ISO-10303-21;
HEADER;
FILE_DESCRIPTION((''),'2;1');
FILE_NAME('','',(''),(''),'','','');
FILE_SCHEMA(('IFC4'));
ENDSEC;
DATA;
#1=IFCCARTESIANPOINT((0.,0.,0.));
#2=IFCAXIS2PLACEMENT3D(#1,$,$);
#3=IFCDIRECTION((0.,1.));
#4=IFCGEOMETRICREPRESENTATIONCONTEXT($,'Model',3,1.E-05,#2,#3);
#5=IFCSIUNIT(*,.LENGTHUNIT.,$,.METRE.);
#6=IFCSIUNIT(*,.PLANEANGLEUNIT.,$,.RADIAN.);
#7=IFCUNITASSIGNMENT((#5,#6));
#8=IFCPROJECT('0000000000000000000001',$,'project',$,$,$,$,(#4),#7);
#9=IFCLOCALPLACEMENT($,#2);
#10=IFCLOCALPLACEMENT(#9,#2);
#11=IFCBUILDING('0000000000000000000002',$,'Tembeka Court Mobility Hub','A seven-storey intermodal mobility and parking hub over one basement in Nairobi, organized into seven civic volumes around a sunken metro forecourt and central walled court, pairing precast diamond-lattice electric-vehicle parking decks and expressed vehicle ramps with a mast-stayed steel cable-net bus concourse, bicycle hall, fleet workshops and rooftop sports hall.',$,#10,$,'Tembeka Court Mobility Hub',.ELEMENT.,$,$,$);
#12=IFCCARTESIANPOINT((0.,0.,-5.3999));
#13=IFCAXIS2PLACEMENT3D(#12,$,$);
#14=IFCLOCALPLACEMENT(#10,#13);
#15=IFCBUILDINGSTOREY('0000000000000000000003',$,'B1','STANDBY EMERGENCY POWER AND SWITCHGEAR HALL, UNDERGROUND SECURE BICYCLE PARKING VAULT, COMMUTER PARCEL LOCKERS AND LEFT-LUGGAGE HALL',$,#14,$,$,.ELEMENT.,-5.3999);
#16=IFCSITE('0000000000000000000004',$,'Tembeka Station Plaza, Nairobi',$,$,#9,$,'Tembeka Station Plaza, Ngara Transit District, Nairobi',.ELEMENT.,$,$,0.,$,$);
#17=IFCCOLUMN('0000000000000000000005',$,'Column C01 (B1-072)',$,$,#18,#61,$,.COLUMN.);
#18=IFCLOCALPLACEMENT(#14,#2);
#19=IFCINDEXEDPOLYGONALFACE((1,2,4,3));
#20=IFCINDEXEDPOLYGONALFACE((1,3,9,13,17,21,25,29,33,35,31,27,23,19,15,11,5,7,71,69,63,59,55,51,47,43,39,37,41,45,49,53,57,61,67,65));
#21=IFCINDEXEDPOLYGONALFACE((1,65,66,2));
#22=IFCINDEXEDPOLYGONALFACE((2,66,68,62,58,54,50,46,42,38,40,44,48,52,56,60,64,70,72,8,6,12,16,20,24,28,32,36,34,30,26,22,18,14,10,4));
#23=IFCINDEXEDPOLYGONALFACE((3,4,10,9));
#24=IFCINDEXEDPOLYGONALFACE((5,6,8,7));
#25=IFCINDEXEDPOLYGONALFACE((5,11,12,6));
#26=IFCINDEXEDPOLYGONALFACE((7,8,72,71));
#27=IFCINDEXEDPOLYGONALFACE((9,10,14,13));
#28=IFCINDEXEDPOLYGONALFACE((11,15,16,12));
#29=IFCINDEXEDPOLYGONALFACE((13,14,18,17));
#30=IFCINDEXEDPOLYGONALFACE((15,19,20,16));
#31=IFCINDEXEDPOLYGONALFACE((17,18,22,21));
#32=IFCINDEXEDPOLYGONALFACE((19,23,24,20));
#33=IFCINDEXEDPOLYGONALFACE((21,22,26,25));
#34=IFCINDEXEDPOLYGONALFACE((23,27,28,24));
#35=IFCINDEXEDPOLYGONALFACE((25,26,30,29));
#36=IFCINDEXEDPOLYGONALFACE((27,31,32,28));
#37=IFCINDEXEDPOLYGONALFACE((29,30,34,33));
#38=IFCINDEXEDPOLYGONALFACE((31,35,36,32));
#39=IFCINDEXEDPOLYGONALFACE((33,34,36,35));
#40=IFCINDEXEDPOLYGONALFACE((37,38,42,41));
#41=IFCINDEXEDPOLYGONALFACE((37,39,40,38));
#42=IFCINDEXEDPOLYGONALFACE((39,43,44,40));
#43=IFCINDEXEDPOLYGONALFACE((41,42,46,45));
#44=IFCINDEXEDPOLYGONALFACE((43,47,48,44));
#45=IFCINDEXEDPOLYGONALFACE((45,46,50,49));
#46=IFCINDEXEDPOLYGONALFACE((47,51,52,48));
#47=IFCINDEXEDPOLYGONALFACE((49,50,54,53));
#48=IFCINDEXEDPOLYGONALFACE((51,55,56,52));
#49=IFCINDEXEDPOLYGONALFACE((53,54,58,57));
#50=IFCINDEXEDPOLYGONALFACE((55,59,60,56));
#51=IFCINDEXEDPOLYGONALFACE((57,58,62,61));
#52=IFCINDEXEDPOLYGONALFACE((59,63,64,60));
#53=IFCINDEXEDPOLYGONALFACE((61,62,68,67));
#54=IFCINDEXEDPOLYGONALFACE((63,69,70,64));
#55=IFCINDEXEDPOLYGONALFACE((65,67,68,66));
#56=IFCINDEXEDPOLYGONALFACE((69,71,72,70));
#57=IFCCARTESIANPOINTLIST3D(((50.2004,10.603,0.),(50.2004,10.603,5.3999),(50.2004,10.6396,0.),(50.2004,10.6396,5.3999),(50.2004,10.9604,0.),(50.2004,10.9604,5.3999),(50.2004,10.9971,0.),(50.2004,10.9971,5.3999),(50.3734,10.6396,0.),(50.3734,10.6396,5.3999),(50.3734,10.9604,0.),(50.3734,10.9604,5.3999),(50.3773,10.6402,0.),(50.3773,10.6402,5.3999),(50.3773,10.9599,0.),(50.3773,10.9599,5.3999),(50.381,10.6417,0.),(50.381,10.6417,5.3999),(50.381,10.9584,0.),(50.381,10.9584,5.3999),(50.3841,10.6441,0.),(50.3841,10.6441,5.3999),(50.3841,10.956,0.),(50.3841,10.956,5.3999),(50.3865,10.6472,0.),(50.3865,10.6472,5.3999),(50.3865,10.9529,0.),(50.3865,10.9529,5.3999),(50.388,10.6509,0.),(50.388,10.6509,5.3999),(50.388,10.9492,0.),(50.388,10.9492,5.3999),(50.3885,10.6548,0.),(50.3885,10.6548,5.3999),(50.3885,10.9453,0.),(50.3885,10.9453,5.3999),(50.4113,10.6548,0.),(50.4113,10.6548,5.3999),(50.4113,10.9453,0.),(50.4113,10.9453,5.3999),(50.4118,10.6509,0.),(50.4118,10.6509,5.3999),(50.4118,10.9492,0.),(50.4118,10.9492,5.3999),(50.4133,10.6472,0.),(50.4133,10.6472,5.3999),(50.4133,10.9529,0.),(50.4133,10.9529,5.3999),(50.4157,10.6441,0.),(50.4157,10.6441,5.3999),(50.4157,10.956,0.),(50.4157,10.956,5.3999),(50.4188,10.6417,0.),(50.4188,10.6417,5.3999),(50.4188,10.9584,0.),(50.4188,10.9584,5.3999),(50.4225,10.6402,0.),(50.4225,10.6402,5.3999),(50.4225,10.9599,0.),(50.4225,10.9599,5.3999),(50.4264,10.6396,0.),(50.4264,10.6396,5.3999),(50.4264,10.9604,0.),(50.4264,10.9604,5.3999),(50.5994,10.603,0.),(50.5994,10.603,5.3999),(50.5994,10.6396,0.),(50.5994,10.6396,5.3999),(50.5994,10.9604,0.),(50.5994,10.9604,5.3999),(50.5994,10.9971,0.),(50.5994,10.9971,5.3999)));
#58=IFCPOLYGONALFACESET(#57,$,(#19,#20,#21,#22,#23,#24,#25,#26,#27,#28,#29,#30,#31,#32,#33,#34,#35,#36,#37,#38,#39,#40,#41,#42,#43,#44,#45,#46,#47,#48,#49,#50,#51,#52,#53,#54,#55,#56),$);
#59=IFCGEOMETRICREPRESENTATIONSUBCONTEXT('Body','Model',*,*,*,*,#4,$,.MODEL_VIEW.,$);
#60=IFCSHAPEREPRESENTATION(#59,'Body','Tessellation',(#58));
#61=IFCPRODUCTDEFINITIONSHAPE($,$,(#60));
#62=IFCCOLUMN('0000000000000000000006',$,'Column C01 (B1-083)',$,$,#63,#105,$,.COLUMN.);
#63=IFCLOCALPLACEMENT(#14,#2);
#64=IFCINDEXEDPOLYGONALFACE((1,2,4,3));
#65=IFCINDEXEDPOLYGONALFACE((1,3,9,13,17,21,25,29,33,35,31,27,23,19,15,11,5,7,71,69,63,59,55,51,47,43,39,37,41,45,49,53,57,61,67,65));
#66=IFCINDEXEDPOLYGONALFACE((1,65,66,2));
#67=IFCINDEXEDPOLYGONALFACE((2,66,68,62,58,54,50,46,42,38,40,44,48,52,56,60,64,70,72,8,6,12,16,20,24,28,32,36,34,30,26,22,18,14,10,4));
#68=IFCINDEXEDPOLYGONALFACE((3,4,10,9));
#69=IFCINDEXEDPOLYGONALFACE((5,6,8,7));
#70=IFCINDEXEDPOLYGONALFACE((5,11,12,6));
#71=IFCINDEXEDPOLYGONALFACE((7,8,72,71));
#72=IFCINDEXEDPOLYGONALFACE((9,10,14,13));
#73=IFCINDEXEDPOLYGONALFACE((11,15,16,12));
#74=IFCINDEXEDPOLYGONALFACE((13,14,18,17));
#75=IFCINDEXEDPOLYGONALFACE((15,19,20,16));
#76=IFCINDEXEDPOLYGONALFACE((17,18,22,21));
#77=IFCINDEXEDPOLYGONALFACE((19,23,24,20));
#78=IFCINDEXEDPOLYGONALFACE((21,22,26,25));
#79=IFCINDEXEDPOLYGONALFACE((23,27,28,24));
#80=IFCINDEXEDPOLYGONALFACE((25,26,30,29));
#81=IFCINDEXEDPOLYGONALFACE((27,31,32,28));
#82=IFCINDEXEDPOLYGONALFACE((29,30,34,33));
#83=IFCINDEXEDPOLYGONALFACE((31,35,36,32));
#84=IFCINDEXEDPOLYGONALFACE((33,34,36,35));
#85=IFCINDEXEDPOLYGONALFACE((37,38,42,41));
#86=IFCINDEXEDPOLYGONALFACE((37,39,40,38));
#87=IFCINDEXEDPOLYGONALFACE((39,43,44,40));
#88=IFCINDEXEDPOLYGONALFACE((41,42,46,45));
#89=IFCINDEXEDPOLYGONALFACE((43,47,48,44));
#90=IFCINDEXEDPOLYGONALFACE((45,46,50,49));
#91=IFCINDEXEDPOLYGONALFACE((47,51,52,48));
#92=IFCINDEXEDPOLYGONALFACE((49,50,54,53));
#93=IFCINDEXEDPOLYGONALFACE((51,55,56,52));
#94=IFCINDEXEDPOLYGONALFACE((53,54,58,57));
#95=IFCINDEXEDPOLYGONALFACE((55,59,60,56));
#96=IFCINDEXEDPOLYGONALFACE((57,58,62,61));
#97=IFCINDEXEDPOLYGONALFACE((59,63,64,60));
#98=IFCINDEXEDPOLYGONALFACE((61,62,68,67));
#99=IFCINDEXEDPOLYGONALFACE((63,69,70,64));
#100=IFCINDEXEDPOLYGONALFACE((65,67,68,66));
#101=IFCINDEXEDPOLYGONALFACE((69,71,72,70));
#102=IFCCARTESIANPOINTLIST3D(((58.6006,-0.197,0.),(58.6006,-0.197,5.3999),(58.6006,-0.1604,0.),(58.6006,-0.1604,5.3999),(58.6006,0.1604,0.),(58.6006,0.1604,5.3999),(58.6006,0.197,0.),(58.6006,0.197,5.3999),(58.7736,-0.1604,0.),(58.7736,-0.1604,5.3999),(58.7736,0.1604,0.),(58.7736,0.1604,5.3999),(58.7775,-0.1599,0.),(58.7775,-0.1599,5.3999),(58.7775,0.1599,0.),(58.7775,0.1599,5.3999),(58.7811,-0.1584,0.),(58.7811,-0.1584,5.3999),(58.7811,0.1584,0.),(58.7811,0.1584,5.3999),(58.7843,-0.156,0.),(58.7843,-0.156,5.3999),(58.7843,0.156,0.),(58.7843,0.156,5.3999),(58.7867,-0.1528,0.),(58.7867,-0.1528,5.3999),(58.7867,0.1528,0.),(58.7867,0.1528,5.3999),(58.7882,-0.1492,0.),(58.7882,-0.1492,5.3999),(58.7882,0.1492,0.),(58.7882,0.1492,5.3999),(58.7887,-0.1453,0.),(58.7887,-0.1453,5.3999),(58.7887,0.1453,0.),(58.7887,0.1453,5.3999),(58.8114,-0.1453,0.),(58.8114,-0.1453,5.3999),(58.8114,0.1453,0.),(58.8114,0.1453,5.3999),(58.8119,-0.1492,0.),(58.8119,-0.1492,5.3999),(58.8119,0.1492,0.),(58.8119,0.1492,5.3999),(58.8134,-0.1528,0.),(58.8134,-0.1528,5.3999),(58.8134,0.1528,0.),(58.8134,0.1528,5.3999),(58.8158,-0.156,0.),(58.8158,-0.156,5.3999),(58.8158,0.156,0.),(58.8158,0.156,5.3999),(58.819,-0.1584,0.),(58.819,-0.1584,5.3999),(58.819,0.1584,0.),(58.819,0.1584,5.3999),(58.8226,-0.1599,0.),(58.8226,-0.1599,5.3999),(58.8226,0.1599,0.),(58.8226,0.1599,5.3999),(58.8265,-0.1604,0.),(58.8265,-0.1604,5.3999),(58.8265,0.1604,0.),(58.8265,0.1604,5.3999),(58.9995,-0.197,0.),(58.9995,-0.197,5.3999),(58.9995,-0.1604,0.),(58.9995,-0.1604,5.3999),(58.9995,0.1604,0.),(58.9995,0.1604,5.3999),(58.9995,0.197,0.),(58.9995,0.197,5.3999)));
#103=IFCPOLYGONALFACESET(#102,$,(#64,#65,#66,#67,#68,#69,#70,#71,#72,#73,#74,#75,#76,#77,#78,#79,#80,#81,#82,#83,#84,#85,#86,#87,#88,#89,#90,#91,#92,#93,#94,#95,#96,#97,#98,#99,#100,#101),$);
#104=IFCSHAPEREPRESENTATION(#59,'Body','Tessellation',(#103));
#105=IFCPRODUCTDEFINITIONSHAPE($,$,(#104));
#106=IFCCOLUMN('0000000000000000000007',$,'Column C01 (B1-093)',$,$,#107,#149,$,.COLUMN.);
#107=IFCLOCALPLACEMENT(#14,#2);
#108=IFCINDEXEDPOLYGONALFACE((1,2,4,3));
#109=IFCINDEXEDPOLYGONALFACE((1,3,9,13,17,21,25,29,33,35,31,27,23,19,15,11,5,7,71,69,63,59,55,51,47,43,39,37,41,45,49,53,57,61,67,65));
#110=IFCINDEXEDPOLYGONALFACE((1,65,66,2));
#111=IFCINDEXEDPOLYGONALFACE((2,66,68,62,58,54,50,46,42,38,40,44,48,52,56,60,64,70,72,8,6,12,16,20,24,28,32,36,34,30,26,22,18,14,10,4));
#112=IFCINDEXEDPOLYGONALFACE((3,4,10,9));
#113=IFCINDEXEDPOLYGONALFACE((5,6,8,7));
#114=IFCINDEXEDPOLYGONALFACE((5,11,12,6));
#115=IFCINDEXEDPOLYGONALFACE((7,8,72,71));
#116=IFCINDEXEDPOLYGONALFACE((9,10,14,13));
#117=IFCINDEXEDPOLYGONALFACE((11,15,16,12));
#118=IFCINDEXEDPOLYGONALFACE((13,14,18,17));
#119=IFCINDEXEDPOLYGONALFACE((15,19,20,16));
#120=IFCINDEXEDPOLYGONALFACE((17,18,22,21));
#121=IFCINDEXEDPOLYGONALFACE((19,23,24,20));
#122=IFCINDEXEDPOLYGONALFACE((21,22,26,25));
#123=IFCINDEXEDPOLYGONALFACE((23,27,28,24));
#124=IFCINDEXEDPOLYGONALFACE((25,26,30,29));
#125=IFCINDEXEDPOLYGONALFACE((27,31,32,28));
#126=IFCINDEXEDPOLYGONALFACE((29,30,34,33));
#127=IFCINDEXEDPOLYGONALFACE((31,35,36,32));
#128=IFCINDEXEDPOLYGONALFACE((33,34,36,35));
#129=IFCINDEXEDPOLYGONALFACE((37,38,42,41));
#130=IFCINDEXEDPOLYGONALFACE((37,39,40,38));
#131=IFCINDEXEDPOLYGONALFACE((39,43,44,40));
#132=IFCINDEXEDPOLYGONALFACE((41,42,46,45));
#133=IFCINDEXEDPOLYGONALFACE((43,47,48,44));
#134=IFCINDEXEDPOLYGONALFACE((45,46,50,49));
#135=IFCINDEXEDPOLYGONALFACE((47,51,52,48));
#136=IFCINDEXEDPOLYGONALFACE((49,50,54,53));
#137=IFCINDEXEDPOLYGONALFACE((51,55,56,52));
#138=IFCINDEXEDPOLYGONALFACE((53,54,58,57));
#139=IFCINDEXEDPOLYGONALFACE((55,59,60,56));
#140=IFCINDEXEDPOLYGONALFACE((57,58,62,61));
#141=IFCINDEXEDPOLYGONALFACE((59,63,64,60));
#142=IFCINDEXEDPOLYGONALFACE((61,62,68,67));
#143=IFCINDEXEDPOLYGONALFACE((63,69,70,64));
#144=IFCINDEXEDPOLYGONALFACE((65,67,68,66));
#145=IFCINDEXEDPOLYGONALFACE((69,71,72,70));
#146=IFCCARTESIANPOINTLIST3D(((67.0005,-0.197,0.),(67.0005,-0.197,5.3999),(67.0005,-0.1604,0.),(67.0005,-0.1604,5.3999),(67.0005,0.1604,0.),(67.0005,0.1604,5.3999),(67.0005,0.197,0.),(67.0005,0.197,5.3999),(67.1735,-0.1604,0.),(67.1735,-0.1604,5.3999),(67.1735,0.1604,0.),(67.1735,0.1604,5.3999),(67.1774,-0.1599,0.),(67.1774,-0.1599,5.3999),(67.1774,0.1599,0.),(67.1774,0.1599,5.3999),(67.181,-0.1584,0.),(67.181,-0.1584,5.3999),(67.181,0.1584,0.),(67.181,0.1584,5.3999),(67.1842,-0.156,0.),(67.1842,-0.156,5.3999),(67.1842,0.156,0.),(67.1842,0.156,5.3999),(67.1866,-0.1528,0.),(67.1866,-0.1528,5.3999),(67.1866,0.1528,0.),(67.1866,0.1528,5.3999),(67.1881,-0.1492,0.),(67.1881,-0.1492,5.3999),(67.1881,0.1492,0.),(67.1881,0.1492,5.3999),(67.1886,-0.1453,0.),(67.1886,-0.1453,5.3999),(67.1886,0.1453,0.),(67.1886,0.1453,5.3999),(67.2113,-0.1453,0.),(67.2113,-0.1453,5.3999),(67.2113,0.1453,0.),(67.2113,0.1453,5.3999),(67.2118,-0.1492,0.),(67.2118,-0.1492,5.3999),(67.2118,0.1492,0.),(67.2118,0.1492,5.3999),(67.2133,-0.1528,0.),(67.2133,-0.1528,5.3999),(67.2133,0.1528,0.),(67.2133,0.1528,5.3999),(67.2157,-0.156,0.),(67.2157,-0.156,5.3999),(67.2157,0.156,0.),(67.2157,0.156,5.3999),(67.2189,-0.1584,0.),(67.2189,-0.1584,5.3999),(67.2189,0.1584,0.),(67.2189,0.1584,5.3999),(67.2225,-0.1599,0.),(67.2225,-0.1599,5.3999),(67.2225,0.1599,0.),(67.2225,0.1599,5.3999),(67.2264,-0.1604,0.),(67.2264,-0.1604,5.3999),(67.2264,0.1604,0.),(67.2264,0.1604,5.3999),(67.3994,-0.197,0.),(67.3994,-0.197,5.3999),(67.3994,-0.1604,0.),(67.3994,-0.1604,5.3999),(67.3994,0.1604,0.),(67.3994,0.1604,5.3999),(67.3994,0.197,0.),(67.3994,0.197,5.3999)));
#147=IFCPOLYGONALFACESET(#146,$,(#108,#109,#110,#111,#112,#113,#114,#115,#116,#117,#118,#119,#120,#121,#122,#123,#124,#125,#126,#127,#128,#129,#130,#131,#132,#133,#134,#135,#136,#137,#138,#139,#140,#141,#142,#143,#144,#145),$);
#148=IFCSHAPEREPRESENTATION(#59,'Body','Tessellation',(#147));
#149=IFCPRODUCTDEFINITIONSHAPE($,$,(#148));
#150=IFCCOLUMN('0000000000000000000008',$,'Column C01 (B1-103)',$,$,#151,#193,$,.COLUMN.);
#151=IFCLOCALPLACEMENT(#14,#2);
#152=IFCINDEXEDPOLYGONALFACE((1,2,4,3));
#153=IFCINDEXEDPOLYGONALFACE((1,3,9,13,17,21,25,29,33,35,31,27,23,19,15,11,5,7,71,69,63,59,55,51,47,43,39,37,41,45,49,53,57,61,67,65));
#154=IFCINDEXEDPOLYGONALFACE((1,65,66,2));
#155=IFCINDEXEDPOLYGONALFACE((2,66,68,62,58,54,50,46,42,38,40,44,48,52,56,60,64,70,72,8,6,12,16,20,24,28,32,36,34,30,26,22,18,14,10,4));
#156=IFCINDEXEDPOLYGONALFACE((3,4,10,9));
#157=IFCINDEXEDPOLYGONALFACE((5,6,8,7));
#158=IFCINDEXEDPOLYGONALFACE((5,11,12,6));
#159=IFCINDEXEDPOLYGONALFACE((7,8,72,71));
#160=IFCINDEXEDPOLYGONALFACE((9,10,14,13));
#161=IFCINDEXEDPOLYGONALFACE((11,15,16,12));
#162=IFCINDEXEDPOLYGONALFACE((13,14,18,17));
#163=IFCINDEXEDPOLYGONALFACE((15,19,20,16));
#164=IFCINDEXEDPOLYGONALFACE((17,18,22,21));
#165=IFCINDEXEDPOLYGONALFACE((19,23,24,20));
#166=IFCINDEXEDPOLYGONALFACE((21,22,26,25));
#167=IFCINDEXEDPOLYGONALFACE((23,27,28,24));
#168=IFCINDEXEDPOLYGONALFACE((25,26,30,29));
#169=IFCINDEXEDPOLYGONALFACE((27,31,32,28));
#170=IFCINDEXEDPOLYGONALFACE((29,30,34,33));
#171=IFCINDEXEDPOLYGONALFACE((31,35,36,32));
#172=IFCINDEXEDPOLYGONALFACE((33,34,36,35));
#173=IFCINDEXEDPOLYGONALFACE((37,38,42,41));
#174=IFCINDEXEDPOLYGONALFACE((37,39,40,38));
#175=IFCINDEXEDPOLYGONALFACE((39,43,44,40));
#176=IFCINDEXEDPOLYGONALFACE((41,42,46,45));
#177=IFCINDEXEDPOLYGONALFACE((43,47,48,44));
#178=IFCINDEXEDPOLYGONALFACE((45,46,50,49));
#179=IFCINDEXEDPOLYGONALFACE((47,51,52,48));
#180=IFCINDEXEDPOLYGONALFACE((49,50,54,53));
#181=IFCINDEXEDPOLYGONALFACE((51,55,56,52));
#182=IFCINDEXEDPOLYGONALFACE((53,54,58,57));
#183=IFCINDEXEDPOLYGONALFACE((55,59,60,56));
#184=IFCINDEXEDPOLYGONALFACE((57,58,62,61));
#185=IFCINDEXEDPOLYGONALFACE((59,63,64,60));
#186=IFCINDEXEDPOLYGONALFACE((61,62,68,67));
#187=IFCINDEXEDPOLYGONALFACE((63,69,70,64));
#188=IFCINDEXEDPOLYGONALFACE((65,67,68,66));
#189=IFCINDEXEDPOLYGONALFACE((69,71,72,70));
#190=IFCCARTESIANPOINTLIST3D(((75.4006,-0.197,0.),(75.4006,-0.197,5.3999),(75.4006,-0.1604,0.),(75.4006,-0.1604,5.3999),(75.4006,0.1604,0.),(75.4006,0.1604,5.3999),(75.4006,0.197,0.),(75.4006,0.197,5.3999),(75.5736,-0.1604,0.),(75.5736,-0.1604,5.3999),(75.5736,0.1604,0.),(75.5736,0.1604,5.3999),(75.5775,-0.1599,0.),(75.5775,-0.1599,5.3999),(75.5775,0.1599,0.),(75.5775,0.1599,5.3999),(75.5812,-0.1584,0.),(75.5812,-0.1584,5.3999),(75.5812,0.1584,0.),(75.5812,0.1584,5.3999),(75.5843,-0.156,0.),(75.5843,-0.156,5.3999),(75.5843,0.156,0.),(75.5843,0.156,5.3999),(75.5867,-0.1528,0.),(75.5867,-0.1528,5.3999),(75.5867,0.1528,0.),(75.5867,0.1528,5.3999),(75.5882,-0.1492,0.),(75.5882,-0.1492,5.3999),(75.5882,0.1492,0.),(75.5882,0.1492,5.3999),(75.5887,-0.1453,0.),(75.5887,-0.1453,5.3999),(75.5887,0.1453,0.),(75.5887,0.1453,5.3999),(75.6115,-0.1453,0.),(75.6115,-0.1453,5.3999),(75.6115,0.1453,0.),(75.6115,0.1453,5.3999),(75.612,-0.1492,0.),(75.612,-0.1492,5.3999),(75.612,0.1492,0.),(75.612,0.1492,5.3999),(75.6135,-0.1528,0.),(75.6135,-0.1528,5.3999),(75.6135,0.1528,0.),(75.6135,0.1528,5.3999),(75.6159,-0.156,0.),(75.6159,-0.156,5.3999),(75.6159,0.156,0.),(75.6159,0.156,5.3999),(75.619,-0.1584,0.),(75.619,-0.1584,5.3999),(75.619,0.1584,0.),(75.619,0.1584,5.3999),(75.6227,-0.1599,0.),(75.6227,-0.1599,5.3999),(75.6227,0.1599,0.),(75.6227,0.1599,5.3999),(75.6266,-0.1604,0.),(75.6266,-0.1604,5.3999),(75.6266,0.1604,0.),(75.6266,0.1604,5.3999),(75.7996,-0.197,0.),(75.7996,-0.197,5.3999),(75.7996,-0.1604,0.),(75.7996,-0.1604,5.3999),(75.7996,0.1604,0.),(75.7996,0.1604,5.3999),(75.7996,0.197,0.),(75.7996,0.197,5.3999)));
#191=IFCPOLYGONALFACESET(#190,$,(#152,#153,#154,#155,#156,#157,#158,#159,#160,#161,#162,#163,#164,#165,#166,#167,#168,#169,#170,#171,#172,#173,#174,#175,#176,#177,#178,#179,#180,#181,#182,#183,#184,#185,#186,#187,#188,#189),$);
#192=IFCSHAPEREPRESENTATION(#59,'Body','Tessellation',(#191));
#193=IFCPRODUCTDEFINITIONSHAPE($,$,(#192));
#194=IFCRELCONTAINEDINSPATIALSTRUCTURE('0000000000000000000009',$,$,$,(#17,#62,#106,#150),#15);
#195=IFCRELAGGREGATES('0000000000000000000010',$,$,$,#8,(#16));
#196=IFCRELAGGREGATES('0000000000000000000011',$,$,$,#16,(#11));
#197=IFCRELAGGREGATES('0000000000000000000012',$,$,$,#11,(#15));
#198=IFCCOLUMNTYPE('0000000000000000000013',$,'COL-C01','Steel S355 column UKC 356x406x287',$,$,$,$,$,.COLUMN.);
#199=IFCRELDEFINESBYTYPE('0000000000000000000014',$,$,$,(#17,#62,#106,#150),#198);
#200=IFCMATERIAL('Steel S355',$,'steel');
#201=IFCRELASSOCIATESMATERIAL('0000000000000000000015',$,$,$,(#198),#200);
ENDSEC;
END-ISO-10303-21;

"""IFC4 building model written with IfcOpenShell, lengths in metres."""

from ifc_helpers import new_model, si_unit, direction, frame, origin, origin_2d, place, context, subcontext, project, spatial, i_section, extrude, material, material_profile, profile_set, type_object, element, save


model = new_model("IFC4")

# Units and contexts
model_context = context("Model", 3, precision=1e-05, world=origin(), true_north=direction((0.0, 1.0)))
body_context = subcontext(model_context, "Body", "Model", "MODEL_VIEW")
ifc_project = project(units=[si_unit("LENGTHUNIT", "METRE"), si_unit("PLANEANGLEUNIT", "RADIAN")], contexts=[model_context])

# Site, building, storey
site_placement = place(None, origin())
site = spatial("IfcSite", under=ifc_project, at=site_placement, Name="Tembeka Station Plaza, Nairobi", LongName="Tembeka Station Plaza, Ngara Transit District, Nairobi", CompositionType="ELEMENT", RefElevation=0.0)
building_placement = place(site_placement, origin())
building = spatial("IfcBuilding", under=site, at=building_placement, Name="Tembeka Court Mobility Hub", Description="A seven-storey intermodal mobility and parking hub over one basement in Nairobi, organized into seven civic volumes around a sunken metro forecourt and central walled court, pairing precast diamond-lattice electric-vehicle parking decks and expressed vehicle ramps with a mast-stayed steel cable-net bus concourse, bicycle hall, fleet workshops and rooftop sports hall.", LongName="Tembeka Court Mobility Hub", CompositionType="ELEMENT")
storey_placement = place(building_placement, frame((0.0, 0.0, -5.3999)))
storey = spatial("IfcBuildingStorey", under=building, at=storey_placement, Name="B1", Description="STANDBY EMERGENCY POWER AND SWITCHGEAR HALL, UNDERGROUND SECURE BICYCLE PARKING VAULT, COMMUTER PARCEL LOCKERS AND LEFT-LUGGAGE HALL", CompositionType="ELEMENT", Elevation=-5.3999)

# Columns
ifc_material_1 = material(Name="Steel S355", Category="steel")
ifc_material_profile_1 = material_profile(ifc_material_1, i_section(OverallWidth=0.3989, OverallDepth=0.394, WebThickness=0.0227, FlangeThickness=0.0366, FilletRadius=0.0151, at=origin_2d()), Name="UKC 356x406x287")
ifc_profile_set_1 = profile_set([ifc_material_profile_1], Name="Steel S355")
column_type = type_object("IfcColumnType", Name="COL-C01", Description="Steel S355 column UKC 356x406x287", PredefinedType="COLUMN", material=ifc_profile_set_1)
for number, where, z_axis, x_axis, name in (
    (1, (50.3999, 10.8, 0.0), (0.0, 0.0, 1.0), (1.0, 0.0, 0.0), "Column C01 (B1-072)"),
    (2, (58.8, 0.0, 0.0), (0.0, 0.0, 1.0), (1.0, 0.0, 0.0), "Column C01 (B1-083)"),
    (3, (67.2, 0.0, 0.0), (0.0, 0.0, 1.0), (1.0, 0.0, 0.0), "Column C01 (B1-093)"),
    (4, (75.6001, 0.0, 0.0), (0.0, 0.0, 1.0), (1.0, 0.0, 0.0), "Column C01 (B1-103)"),
):
    element("IfcColumn", number, at=place(storey_placement, frame(where, z_axis=z_axis, x_axis=x_axis)), inside=storey, type_object=column_type, Name=name, PredefinedType="COLUMN", context=body_context, shape_type="SweptSolid", body=[
        extrude(i_section(OverallWidth=0.3989, OverallDepth=0.394, WebThickness=0.0227, FlangeThickness=0.0366, FilletRadius=0.0151, at=origin_2d()), origin(), (0.0, 0.0, 1.0), 5.3999),
    ])

save(model, "model.ifc")
